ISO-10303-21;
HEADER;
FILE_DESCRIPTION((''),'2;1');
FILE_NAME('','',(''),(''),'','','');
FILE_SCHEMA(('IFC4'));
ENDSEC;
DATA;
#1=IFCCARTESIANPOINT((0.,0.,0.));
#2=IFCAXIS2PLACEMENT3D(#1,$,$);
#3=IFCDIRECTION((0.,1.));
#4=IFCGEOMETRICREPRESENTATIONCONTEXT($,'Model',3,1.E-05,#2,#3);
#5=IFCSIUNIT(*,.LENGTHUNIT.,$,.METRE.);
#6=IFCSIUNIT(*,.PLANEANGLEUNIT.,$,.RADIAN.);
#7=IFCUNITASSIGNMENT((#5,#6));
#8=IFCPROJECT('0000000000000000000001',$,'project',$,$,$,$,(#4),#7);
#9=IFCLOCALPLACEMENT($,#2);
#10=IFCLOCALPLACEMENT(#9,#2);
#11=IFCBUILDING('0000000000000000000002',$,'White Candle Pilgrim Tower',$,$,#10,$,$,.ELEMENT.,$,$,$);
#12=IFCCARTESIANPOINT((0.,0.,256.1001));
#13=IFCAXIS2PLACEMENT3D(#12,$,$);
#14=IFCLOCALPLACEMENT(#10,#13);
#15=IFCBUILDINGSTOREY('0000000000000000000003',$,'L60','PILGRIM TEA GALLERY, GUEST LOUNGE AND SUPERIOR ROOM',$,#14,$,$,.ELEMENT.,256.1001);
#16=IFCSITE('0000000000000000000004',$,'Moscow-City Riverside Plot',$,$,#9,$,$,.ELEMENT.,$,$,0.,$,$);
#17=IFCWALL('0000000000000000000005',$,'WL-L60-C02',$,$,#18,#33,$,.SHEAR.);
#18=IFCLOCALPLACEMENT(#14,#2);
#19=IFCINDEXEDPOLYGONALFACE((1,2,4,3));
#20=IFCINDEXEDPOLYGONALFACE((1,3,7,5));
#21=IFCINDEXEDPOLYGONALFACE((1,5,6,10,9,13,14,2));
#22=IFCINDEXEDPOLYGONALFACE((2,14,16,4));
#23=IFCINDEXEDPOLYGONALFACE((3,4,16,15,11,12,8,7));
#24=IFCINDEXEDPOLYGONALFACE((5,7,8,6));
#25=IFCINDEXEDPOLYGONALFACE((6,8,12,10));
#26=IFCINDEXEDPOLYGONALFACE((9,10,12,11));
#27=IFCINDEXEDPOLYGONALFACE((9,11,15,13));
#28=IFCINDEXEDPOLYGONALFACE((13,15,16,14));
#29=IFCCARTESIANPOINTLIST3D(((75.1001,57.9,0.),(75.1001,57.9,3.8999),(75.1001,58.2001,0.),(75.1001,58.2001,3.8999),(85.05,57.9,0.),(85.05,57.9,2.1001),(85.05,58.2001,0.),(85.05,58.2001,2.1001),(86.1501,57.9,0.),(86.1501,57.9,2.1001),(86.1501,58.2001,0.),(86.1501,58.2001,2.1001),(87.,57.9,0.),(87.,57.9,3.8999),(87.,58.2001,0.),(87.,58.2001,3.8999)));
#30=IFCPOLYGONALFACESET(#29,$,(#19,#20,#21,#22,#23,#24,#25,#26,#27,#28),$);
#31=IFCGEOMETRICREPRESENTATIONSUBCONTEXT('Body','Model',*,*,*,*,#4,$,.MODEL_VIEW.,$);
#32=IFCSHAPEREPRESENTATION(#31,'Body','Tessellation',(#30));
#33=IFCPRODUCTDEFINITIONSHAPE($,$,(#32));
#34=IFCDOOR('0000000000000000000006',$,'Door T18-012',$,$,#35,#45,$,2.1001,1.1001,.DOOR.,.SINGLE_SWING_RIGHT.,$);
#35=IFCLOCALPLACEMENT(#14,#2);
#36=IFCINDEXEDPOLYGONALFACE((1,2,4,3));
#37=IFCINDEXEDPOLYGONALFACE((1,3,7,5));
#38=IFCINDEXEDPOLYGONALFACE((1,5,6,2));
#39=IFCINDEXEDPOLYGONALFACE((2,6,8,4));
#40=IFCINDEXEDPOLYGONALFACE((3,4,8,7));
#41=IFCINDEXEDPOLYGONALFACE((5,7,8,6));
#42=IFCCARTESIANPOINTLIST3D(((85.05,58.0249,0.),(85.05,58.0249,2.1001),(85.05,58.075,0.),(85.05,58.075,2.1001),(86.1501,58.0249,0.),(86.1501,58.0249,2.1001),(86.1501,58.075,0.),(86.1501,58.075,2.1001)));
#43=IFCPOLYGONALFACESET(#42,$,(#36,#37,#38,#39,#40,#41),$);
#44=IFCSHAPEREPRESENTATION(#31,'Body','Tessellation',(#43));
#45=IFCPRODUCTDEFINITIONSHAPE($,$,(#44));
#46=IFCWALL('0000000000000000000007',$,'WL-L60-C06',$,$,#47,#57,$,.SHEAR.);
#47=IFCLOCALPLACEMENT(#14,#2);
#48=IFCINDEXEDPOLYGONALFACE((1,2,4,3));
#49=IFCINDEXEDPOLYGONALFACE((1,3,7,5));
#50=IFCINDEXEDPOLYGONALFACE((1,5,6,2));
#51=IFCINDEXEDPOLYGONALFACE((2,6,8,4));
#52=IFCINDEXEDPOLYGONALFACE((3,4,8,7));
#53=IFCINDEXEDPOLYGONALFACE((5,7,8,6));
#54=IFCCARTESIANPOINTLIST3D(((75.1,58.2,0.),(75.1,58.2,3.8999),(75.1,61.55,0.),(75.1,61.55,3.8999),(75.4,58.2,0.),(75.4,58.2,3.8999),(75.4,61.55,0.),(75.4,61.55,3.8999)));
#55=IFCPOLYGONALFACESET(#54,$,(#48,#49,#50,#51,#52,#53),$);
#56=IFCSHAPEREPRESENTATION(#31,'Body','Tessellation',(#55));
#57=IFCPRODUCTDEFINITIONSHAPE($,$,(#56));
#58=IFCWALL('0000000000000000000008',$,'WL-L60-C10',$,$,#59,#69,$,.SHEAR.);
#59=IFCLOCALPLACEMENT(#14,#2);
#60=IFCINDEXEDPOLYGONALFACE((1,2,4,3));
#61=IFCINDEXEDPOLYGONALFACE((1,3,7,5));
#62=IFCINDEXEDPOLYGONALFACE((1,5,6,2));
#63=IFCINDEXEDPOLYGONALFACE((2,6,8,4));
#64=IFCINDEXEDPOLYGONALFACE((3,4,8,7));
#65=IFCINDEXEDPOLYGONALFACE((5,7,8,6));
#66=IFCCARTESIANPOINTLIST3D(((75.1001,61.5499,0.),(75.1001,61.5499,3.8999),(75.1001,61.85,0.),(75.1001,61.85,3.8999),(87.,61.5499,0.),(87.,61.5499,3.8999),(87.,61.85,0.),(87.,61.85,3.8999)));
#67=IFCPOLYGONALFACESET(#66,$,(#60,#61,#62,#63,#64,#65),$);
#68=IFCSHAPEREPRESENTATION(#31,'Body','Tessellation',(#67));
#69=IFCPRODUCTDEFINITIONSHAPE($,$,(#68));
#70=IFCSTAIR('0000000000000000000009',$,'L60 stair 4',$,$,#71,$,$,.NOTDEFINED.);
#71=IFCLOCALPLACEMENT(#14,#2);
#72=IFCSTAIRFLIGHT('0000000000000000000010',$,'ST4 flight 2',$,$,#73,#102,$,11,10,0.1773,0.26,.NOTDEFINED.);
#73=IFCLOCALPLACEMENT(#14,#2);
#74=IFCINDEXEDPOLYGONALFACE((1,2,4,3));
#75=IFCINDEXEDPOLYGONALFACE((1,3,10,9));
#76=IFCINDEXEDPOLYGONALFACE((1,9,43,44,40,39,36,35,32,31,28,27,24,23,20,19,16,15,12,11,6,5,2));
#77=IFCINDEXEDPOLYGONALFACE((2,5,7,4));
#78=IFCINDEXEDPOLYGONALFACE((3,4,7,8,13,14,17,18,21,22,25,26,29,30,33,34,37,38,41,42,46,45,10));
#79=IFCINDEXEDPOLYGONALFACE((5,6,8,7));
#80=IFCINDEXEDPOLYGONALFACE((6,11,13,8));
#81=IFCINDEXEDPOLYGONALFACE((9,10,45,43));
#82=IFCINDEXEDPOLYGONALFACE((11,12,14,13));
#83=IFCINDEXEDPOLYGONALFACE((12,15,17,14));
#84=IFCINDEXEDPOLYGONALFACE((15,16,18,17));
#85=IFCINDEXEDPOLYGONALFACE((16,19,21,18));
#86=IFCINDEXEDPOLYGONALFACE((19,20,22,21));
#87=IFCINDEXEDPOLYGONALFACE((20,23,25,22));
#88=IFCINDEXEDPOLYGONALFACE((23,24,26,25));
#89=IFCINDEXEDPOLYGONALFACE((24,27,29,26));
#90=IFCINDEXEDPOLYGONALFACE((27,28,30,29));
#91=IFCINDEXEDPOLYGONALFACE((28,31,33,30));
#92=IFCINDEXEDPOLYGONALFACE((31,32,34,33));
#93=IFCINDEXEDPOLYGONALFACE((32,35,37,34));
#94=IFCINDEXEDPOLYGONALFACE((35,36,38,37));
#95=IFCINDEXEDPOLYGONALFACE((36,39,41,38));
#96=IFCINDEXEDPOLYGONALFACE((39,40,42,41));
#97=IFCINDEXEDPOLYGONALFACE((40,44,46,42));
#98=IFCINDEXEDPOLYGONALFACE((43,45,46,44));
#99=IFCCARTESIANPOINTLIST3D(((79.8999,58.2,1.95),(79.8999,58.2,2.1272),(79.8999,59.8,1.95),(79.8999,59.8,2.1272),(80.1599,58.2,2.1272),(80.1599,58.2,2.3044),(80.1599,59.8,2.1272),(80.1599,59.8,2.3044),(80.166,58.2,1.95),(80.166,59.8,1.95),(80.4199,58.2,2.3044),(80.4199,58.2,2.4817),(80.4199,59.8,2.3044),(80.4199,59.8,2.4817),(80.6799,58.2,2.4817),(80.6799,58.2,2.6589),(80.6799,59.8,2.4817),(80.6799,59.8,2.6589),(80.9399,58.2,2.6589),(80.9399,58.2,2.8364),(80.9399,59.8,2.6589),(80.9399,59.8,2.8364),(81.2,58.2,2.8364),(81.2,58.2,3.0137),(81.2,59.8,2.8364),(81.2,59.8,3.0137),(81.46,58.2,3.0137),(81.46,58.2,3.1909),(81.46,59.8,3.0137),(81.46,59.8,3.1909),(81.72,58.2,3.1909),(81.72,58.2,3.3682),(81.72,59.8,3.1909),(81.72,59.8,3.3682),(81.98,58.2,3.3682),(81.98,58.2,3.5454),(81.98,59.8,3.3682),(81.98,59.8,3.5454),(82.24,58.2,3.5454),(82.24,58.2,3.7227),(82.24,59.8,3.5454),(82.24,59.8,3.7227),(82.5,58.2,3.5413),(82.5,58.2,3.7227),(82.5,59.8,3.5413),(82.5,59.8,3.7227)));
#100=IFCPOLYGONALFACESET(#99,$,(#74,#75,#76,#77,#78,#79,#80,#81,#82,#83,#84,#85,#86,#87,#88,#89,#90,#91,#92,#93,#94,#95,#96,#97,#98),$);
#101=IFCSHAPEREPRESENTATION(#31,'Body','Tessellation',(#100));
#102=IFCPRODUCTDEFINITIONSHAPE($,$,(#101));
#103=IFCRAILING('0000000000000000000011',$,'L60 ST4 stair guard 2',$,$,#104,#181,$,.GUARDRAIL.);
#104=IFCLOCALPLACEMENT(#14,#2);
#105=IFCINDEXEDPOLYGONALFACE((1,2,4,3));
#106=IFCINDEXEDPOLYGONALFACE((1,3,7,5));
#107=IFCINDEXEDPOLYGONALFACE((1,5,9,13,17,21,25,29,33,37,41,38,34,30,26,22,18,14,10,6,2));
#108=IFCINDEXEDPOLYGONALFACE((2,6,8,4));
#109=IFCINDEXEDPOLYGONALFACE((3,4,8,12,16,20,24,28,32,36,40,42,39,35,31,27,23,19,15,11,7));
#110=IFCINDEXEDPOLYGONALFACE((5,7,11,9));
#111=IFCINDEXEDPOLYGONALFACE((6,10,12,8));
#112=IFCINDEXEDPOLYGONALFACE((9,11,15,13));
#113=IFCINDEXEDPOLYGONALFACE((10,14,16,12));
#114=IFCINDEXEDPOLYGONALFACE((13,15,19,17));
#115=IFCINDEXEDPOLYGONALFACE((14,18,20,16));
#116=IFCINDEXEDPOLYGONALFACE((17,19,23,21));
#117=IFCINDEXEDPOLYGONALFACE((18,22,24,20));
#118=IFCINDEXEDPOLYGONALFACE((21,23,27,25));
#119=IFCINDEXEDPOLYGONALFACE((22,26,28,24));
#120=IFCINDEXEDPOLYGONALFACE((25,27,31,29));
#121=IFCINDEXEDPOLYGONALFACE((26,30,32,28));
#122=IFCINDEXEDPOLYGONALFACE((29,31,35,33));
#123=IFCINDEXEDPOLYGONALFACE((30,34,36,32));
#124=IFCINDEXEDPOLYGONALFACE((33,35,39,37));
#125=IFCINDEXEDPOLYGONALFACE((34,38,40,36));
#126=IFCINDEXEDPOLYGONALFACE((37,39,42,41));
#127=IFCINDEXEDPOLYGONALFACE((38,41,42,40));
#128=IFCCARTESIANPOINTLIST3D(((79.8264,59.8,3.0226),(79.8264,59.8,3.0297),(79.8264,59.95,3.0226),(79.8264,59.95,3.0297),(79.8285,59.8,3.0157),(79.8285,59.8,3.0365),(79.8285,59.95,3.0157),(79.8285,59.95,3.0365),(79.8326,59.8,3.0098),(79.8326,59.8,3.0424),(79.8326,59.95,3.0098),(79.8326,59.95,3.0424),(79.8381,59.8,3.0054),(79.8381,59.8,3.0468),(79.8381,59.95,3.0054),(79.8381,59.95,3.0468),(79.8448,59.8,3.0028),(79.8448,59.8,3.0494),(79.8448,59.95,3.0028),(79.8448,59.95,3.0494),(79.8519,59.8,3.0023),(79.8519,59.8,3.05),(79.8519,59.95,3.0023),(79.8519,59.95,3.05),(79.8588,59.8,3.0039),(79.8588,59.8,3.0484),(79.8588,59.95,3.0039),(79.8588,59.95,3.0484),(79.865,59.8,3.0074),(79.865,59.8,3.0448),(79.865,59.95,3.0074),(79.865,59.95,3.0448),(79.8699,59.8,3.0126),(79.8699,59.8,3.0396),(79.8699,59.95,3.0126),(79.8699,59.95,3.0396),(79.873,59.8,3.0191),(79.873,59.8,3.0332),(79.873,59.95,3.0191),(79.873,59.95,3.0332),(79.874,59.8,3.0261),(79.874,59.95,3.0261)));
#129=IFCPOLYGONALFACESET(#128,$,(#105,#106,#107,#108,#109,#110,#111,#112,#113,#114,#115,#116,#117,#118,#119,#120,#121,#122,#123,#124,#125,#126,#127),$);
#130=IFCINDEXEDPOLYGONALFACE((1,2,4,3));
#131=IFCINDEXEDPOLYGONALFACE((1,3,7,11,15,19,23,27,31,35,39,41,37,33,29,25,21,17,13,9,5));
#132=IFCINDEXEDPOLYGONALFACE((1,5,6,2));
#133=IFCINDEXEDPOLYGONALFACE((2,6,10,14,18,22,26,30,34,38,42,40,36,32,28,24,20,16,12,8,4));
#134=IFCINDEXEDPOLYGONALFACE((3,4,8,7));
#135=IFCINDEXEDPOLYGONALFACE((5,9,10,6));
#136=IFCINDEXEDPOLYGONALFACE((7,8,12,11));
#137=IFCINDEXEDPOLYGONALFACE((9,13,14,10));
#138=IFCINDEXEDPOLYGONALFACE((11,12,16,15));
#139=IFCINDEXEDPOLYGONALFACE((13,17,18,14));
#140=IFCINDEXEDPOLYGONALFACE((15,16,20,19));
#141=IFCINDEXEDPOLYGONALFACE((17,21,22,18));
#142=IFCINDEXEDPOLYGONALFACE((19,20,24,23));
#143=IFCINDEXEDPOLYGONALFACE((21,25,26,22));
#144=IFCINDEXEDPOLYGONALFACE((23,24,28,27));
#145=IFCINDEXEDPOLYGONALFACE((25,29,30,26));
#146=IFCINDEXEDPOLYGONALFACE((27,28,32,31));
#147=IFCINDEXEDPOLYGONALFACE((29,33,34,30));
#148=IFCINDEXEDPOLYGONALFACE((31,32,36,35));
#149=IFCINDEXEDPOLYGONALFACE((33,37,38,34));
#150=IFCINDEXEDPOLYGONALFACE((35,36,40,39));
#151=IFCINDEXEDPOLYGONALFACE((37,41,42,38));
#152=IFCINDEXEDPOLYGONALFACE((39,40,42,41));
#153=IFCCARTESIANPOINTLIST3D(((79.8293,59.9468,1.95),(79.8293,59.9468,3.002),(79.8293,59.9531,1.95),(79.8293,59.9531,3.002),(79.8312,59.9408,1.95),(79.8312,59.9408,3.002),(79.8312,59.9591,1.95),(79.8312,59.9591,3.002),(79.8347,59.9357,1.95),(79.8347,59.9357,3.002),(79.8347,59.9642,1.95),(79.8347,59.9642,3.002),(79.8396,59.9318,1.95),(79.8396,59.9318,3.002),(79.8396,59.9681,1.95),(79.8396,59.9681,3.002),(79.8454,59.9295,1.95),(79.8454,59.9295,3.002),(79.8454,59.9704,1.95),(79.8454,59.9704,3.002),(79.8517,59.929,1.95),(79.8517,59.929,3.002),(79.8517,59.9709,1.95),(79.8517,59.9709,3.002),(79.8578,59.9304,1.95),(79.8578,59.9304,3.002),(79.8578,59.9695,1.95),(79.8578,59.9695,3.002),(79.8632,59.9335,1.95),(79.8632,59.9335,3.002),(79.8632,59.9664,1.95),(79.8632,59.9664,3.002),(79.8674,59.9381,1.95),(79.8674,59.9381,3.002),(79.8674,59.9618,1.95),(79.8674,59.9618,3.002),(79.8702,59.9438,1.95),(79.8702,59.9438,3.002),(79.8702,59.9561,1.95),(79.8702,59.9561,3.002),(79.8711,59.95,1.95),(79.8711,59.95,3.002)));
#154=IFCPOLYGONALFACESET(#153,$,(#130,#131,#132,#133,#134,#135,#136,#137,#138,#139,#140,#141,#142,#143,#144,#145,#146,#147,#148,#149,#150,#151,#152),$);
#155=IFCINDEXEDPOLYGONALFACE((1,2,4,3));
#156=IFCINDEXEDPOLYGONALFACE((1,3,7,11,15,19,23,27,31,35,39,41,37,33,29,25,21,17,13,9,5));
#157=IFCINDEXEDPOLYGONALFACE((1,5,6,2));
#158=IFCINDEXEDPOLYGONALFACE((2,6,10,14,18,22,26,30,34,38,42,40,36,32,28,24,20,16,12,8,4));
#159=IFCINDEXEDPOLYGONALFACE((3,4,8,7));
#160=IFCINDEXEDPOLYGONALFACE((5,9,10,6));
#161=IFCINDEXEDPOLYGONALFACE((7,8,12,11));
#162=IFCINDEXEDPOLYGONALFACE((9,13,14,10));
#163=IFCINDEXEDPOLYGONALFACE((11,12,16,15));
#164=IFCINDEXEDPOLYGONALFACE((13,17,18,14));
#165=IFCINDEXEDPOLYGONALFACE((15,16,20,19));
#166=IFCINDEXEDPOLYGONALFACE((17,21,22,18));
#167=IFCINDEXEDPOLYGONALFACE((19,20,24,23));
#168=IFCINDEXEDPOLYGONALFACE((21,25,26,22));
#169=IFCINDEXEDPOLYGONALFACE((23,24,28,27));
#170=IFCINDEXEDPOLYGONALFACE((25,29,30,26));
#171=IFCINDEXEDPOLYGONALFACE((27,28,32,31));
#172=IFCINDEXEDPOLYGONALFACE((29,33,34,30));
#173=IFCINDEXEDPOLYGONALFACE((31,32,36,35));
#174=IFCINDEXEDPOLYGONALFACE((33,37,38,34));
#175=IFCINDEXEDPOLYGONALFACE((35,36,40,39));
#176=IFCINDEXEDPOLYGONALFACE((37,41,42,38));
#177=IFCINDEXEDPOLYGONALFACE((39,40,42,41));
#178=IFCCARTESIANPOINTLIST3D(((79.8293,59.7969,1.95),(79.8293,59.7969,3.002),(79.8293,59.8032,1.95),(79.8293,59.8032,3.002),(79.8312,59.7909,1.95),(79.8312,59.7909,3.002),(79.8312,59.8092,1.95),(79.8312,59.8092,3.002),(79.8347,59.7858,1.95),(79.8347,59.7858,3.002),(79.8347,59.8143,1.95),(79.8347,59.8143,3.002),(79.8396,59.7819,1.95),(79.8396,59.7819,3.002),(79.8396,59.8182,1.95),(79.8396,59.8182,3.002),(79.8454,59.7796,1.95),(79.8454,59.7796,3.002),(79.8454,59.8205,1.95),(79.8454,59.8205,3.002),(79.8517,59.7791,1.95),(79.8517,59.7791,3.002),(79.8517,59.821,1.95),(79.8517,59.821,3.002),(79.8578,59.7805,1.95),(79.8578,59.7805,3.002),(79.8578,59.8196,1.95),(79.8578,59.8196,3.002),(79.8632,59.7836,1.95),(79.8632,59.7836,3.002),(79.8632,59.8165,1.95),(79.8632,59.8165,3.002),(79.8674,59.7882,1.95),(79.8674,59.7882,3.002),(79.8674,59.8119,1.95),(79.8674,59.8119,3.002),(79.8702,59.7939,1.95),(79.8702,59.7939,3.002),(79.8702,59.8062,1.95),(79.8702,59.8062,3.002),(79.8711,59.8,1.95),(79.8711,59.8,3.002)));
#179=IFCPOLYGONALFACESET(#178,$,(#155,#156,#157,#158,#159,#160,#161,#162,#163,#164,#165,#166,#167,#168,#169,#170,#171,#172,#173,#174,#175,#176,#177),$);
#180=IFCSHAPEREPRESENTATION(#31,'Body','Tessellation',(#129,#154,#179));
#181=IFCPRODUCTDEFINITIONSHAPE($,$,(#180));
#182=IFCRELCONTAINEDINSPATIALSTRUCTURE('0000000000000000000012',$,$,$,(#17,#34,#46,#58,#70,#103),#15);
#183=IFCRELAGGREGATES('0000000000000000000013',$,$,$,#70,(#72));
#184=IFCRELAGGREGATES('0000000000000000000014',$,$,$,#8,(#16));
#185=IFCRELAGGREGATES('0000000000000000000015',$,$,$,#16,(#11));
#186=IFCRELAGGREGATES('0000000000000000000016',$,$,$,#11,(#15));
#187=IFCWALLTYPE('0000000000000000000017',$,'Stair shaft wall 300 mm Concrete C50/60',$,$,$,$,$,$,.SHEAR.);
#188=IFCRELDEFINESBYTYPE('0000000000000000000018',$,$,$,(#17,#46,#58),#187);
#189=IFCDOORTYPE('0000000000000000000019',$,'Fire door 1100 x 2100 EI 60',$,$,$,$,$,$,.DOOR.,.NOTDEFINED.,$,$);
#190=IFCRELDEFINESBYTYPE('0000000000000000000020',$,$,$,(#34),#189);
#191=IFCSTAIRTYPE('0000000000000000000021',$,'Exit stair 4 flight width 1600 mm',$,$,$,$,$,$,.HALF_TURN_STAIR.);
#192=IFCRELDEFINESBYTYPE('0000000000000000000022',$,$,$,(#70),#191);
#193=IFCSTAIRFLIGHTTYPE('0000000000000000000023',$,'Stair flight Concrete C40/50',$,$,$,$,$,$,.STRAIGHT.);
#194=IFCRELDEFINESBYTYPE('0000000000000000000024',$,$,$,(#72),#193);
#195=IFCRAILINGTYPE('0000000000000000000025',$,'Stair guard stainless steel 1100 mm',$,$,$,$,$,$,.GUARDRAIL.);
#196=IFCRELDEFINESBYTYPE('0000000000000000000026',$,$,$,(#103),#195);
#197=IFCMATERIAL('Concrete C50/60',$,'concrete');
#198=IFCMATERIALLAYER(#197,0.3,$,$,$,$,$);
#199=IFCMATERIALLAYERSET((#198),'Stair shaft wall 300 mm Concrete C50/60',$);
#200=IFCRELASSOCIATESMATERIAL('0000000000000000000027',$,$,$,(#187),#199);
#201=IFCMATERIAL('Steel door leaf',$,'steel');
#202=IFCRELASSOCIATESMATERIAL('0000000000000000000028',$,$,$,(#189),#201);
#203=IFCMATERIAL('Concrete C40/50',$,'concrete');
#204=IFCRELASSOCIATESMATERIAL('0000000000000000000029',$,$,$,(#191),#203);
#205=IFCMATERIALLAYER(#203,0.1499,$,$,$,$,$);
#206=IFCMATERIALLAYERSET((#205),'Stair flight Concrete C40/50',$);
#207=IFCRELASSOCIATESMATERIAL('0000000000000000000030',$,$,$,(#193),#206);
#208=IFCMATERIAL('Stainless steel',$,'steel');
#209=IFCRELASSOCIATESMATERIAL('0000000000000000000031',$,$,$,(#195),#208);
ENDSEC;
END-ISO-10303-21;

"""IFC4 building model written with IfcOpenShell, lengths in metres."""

from ifc_helpers import new_model, si_unit, direction, frame, frame_2d, origin, origin_2d, place, context, subcontext, project, spatial, polyline, rectangle, circle, outline, extrude, material, layer, layer_set, type_object, element, fill, aggregate, save


model = new_model("IFC4")

# Units and contexts
model_context = context("Model", 3, precision=1e-05, world=origin(), true_north=direction((0.0, 1.0)))
body_context = subcontext(model_context, "Body", "Model", "MODEL_VIEW")
ifc_project = project(units=[si_unit("LENGTHUNIT", "METRE"), si_unit("PLANEANGLEUNIT", "RADIAN")], contexts=[model_context])

# Site, building, storey
site_placement = place(None, origin())
site = spatial("IfcSite", under=ifc_project, at=site_placement, Name="Moscow-City Riverside Plot", CompositionType="ELEMENT", RefElevation=0.0)
building_placement = place(site_placement, origin())
building = spatial("IfcBuilding", under=site, at=building_placement, Name="White Candle Pilgrim Tower", CompositionType="ELEMENT")
storey_placement = place(building_placement, frame((0.0, 0.0, 256.1001)))
storey = spatial("IfcBuildingStorey", under=building, at=storey_placement, Name="L60", Description="PILGRIM TEA GALLERY, GUEST LOUNGE AND SUPERIOR ROOM", CompositionType="ELEMENT", Elevation=256.1001)

# Shared definitions
ifc_material_1 = material(Name="Concrete C50/60", Category="concrete")

# Shared definitions
ifc_material_2 = material(Name="Steel door leaf", Category="steel")

# Wall, opening, door
ifc_layer_1 = layer(ifc_material_1, 0.3)
ifc_layer_set_1 = layer_set([ifc_layer_1], Name="Stair shaft wall 300 mm Concrete C50/60")
wall_type_1 = type_object("IfcWallType", Name="Stair shaft wall 300 mm Concrete C50/60", PredefinedType="SHEAR", material=ifc_layer_set_1)
wall_1_placement = place(storey_placement, frame((75.1001, 58.05, 0.0), z_axis=(0.0, 0.0, 1.0), x_axis=(1.0, 0.0, 0.0)))
wall_1 = element("IfcWall", 1, at=wall_1_placement, inside=storey, type_object=wall_type_1, Name="WL-L60-C02", PredefinedType="SHEAR", context=body_context, shape_type="SweptSolid", body=[
    extrude(rectangle(XDim=11.8999, YDim=0.3, at=frame_2d((5.95, 0.0))), origin(), (0.0, 0.0, 1.0), 3.8999),
])
opening_1_placement = place(wall_1_placement, frame((9.95, 0.0, 0.0)))
opening_1 = element("IfcOpeningElement", 2, at=opening_1_placement, cuts=wall_1, PredefinedType="OPENING", context=body_context, shape_type="SweptSolid", body=[
    extrude(rectangle(XDim=1.1001, YDim=2.1001, at=frame_2d((0.55, 1.05))), frame((0.0, 0.1599, 0.0), z_axis=(0.0, -1.0, 0.0), x_axis=(1.0, 0.0, 0.0)), (0.0, 0.0, 1.0), 0.3201),
])
door_type_1 = type_object("IfcDoorType", Name="Fire door 1100 x 2100 EI 60", OperationType="NOTDEFINED", PredefinedType="DOOR", material=ifc_material_2)
door_1_placement = place(opening_1_placement, origin())
door_1 = element("IfcDoor", 3, at=door_1_placement, inside=storey, type_object=door_type_1, Name="Door T18-012", OperationType="SINGLE_SWING_RIGHT", OverallHeight=2.1001, OverallWidth=1.1001, PredefinedType="DOOR", context=body_context, shape_type="SweptSolid", body=[
    extrude(rectangle(XDim=1.1001, YDim=2.1001, at=frame_2d((0.55, 1.05))), frame((0.0, 0.0249, 0.0), z_axis=(0.0, -1.0, 0.0), x_axis=(1.0, 0.0, 0.0)), (0.0, 0.0, 1.0), 0.05),
])
fill(opening_1, door_1)

# Walls
wall_2_placement = place(storey_placement, frame((75.25, 58.2, 0.0), z_axis=(0.0, 0.0, 1.0), x_axis=(0.0, 1.0, 0.0)))
element("IfcWall", 4, at=wall_2_placement, inside=storey, type_object=wall_type_1, Name="WL-L60-C06", PredefinedType="SHEAR", context=body_context, shape_type="SweptSolid", body=[
    extrude(rectangle(XDim=3.3501, YDim=0.3, at=frame_2d((1.675, 0.0))), origin(), (0.0, 0.0, 1.0), 3.8999),
])
wall_3_placement = place(storey_placement, frame((75.1001, 61.7, 0.0), z_axis=(0.0, 0.0, 1.0), x_axis=(1.0, 0.0, 0.0)))
element("IfcWall", 5, at=wall_3_placement, inside=storey, type_object=wall_type_1, Name="WL-L60-C10", PredefinedType="SHEAR", context=body_context, shape_type="SweptSolid", body=[
    extrude(rectangle(XDim=11.8999, YDim=0.3, at=frame_2d((5.95, 0.0))), origin(), (0.0, 0.0, 1.0), 3.8999),
])

# Stair, stair flight
ifc_material_3 = material(Name="Concrete C40/50", Category="concrete")
stair_type = type_object("IfcStairType", Name="Exit stair 4 flight width 1600 mm", PredefinedType="HALF_TURN_STAIR", material=ifc_material_3)
stair_placement = place(storey_placement, origin())
stair = element("IfcStair", 6, at=stair_placement, inside=storey, type_object=stair_type, Name="L60 stair 4", PredefinedType="NOTDEFINED")
ifc_layer_2 = layer(ifc_material_3, 0.1499)
ifc_layer_set_2 = layer_set([ifc_layer_2], Name="Stair flight Concrete C40/50")
stair_flight_type = type_object("IfcStairFlightType", Name="Stair flight Concrete C40/50", PredefinedType="STRAIGHT", material=ifc_layer_set_2)
stair_flight_placement = place(storey_placement, frame((79.8999, 59.0, 1.95), z_axis=(0.0, 0.0, 1.0), x_axis=(1.0, 0.0, 0.0)))
stair_flight = element("IfcStairFlight", 7, at=stair_flight_placement, type_object=stair_flight_type, Name="ST4 flight 2", NumberOfRisers=11, NumberOfTreads=10, PredefinedType="NOTDEFINED", RiserHeight=0.1773, TreadLength=0.26, context=body_context, shape_type="SweptSolid", body=[
    extrude(outline(polyline([(0.0, 0.0), (0.0, 0.1772), (0.26, 0.1772), (0.26, 0.3545), (0.52, 0.3545), (0.52, 0.5317), (0.78, 0.5317), (0.78, 0.709), (1.04, 0.709), (1.04, 0.8865), (1.3, 0.8865), (1.3, 1.0637), (1.5601, 1.0637), (1.5601, 1.241), (1.8201, 1.241), (1.8201, 1.4182), (2.0801, 1.4182), (2.0801, 1.5955), (2.3401, 1.5955), (2.3401, 1.7727), (2.6001, 1.7727), (2.6001, 1.95), (2.6001, 1.5913), (0.2661, 0.0), (0.0, 0.0)])), frame((0.0, 0.8, 0.0), z_axis=(0.0, -1.0, 0.0), x_axis=(1.0, 0.0, 0.0)), (0.0, 0.0, 1.0), 1.6001),
])
aggregate(stair, [stair_flight])

# Railing
ifc_material_4 = material(Name="Stainless steel", Category="steel")
railing_type_1 = type_object("IfcRailingType", Name="Stair guard stainless steel 1100 mm", PredefinedType="GUARDRAIL", material=ifc_material_4)
railing_1_placement = place(storey_placement, frame((79.8501, 59.95, 1.95)))
element("IfcRailing", 8, at=railing_1_placement, inside=storey, type_object=railing_type_1, Name="L60 ST4 stair guard 2", PredefinedType="GUARDRAIL", context=body_context, shape_type="SweptSolid", body=[
    extrude(circle(Radius=0.0239, at=origin_2d()), frame((0.0, 0.0, 1.0762), z_axis=(0.0, -1.0, 0.0), x_axis=(1.0, 0.0, 0.0)), (0.0, 0.0, 1.0), 0.1499),
    extrude(circle(Radius=0.021, at=origin_2d()), origin(), (0.0, 0.0, 1.0), 1.052),
    extrude(circle(Radius=0.021, at=origin_2d()), frame((0.0, -0.1499, 0.0)), (0.0, 0.0, 1.0), 1.052),
])

save(model, "model.ifc")
